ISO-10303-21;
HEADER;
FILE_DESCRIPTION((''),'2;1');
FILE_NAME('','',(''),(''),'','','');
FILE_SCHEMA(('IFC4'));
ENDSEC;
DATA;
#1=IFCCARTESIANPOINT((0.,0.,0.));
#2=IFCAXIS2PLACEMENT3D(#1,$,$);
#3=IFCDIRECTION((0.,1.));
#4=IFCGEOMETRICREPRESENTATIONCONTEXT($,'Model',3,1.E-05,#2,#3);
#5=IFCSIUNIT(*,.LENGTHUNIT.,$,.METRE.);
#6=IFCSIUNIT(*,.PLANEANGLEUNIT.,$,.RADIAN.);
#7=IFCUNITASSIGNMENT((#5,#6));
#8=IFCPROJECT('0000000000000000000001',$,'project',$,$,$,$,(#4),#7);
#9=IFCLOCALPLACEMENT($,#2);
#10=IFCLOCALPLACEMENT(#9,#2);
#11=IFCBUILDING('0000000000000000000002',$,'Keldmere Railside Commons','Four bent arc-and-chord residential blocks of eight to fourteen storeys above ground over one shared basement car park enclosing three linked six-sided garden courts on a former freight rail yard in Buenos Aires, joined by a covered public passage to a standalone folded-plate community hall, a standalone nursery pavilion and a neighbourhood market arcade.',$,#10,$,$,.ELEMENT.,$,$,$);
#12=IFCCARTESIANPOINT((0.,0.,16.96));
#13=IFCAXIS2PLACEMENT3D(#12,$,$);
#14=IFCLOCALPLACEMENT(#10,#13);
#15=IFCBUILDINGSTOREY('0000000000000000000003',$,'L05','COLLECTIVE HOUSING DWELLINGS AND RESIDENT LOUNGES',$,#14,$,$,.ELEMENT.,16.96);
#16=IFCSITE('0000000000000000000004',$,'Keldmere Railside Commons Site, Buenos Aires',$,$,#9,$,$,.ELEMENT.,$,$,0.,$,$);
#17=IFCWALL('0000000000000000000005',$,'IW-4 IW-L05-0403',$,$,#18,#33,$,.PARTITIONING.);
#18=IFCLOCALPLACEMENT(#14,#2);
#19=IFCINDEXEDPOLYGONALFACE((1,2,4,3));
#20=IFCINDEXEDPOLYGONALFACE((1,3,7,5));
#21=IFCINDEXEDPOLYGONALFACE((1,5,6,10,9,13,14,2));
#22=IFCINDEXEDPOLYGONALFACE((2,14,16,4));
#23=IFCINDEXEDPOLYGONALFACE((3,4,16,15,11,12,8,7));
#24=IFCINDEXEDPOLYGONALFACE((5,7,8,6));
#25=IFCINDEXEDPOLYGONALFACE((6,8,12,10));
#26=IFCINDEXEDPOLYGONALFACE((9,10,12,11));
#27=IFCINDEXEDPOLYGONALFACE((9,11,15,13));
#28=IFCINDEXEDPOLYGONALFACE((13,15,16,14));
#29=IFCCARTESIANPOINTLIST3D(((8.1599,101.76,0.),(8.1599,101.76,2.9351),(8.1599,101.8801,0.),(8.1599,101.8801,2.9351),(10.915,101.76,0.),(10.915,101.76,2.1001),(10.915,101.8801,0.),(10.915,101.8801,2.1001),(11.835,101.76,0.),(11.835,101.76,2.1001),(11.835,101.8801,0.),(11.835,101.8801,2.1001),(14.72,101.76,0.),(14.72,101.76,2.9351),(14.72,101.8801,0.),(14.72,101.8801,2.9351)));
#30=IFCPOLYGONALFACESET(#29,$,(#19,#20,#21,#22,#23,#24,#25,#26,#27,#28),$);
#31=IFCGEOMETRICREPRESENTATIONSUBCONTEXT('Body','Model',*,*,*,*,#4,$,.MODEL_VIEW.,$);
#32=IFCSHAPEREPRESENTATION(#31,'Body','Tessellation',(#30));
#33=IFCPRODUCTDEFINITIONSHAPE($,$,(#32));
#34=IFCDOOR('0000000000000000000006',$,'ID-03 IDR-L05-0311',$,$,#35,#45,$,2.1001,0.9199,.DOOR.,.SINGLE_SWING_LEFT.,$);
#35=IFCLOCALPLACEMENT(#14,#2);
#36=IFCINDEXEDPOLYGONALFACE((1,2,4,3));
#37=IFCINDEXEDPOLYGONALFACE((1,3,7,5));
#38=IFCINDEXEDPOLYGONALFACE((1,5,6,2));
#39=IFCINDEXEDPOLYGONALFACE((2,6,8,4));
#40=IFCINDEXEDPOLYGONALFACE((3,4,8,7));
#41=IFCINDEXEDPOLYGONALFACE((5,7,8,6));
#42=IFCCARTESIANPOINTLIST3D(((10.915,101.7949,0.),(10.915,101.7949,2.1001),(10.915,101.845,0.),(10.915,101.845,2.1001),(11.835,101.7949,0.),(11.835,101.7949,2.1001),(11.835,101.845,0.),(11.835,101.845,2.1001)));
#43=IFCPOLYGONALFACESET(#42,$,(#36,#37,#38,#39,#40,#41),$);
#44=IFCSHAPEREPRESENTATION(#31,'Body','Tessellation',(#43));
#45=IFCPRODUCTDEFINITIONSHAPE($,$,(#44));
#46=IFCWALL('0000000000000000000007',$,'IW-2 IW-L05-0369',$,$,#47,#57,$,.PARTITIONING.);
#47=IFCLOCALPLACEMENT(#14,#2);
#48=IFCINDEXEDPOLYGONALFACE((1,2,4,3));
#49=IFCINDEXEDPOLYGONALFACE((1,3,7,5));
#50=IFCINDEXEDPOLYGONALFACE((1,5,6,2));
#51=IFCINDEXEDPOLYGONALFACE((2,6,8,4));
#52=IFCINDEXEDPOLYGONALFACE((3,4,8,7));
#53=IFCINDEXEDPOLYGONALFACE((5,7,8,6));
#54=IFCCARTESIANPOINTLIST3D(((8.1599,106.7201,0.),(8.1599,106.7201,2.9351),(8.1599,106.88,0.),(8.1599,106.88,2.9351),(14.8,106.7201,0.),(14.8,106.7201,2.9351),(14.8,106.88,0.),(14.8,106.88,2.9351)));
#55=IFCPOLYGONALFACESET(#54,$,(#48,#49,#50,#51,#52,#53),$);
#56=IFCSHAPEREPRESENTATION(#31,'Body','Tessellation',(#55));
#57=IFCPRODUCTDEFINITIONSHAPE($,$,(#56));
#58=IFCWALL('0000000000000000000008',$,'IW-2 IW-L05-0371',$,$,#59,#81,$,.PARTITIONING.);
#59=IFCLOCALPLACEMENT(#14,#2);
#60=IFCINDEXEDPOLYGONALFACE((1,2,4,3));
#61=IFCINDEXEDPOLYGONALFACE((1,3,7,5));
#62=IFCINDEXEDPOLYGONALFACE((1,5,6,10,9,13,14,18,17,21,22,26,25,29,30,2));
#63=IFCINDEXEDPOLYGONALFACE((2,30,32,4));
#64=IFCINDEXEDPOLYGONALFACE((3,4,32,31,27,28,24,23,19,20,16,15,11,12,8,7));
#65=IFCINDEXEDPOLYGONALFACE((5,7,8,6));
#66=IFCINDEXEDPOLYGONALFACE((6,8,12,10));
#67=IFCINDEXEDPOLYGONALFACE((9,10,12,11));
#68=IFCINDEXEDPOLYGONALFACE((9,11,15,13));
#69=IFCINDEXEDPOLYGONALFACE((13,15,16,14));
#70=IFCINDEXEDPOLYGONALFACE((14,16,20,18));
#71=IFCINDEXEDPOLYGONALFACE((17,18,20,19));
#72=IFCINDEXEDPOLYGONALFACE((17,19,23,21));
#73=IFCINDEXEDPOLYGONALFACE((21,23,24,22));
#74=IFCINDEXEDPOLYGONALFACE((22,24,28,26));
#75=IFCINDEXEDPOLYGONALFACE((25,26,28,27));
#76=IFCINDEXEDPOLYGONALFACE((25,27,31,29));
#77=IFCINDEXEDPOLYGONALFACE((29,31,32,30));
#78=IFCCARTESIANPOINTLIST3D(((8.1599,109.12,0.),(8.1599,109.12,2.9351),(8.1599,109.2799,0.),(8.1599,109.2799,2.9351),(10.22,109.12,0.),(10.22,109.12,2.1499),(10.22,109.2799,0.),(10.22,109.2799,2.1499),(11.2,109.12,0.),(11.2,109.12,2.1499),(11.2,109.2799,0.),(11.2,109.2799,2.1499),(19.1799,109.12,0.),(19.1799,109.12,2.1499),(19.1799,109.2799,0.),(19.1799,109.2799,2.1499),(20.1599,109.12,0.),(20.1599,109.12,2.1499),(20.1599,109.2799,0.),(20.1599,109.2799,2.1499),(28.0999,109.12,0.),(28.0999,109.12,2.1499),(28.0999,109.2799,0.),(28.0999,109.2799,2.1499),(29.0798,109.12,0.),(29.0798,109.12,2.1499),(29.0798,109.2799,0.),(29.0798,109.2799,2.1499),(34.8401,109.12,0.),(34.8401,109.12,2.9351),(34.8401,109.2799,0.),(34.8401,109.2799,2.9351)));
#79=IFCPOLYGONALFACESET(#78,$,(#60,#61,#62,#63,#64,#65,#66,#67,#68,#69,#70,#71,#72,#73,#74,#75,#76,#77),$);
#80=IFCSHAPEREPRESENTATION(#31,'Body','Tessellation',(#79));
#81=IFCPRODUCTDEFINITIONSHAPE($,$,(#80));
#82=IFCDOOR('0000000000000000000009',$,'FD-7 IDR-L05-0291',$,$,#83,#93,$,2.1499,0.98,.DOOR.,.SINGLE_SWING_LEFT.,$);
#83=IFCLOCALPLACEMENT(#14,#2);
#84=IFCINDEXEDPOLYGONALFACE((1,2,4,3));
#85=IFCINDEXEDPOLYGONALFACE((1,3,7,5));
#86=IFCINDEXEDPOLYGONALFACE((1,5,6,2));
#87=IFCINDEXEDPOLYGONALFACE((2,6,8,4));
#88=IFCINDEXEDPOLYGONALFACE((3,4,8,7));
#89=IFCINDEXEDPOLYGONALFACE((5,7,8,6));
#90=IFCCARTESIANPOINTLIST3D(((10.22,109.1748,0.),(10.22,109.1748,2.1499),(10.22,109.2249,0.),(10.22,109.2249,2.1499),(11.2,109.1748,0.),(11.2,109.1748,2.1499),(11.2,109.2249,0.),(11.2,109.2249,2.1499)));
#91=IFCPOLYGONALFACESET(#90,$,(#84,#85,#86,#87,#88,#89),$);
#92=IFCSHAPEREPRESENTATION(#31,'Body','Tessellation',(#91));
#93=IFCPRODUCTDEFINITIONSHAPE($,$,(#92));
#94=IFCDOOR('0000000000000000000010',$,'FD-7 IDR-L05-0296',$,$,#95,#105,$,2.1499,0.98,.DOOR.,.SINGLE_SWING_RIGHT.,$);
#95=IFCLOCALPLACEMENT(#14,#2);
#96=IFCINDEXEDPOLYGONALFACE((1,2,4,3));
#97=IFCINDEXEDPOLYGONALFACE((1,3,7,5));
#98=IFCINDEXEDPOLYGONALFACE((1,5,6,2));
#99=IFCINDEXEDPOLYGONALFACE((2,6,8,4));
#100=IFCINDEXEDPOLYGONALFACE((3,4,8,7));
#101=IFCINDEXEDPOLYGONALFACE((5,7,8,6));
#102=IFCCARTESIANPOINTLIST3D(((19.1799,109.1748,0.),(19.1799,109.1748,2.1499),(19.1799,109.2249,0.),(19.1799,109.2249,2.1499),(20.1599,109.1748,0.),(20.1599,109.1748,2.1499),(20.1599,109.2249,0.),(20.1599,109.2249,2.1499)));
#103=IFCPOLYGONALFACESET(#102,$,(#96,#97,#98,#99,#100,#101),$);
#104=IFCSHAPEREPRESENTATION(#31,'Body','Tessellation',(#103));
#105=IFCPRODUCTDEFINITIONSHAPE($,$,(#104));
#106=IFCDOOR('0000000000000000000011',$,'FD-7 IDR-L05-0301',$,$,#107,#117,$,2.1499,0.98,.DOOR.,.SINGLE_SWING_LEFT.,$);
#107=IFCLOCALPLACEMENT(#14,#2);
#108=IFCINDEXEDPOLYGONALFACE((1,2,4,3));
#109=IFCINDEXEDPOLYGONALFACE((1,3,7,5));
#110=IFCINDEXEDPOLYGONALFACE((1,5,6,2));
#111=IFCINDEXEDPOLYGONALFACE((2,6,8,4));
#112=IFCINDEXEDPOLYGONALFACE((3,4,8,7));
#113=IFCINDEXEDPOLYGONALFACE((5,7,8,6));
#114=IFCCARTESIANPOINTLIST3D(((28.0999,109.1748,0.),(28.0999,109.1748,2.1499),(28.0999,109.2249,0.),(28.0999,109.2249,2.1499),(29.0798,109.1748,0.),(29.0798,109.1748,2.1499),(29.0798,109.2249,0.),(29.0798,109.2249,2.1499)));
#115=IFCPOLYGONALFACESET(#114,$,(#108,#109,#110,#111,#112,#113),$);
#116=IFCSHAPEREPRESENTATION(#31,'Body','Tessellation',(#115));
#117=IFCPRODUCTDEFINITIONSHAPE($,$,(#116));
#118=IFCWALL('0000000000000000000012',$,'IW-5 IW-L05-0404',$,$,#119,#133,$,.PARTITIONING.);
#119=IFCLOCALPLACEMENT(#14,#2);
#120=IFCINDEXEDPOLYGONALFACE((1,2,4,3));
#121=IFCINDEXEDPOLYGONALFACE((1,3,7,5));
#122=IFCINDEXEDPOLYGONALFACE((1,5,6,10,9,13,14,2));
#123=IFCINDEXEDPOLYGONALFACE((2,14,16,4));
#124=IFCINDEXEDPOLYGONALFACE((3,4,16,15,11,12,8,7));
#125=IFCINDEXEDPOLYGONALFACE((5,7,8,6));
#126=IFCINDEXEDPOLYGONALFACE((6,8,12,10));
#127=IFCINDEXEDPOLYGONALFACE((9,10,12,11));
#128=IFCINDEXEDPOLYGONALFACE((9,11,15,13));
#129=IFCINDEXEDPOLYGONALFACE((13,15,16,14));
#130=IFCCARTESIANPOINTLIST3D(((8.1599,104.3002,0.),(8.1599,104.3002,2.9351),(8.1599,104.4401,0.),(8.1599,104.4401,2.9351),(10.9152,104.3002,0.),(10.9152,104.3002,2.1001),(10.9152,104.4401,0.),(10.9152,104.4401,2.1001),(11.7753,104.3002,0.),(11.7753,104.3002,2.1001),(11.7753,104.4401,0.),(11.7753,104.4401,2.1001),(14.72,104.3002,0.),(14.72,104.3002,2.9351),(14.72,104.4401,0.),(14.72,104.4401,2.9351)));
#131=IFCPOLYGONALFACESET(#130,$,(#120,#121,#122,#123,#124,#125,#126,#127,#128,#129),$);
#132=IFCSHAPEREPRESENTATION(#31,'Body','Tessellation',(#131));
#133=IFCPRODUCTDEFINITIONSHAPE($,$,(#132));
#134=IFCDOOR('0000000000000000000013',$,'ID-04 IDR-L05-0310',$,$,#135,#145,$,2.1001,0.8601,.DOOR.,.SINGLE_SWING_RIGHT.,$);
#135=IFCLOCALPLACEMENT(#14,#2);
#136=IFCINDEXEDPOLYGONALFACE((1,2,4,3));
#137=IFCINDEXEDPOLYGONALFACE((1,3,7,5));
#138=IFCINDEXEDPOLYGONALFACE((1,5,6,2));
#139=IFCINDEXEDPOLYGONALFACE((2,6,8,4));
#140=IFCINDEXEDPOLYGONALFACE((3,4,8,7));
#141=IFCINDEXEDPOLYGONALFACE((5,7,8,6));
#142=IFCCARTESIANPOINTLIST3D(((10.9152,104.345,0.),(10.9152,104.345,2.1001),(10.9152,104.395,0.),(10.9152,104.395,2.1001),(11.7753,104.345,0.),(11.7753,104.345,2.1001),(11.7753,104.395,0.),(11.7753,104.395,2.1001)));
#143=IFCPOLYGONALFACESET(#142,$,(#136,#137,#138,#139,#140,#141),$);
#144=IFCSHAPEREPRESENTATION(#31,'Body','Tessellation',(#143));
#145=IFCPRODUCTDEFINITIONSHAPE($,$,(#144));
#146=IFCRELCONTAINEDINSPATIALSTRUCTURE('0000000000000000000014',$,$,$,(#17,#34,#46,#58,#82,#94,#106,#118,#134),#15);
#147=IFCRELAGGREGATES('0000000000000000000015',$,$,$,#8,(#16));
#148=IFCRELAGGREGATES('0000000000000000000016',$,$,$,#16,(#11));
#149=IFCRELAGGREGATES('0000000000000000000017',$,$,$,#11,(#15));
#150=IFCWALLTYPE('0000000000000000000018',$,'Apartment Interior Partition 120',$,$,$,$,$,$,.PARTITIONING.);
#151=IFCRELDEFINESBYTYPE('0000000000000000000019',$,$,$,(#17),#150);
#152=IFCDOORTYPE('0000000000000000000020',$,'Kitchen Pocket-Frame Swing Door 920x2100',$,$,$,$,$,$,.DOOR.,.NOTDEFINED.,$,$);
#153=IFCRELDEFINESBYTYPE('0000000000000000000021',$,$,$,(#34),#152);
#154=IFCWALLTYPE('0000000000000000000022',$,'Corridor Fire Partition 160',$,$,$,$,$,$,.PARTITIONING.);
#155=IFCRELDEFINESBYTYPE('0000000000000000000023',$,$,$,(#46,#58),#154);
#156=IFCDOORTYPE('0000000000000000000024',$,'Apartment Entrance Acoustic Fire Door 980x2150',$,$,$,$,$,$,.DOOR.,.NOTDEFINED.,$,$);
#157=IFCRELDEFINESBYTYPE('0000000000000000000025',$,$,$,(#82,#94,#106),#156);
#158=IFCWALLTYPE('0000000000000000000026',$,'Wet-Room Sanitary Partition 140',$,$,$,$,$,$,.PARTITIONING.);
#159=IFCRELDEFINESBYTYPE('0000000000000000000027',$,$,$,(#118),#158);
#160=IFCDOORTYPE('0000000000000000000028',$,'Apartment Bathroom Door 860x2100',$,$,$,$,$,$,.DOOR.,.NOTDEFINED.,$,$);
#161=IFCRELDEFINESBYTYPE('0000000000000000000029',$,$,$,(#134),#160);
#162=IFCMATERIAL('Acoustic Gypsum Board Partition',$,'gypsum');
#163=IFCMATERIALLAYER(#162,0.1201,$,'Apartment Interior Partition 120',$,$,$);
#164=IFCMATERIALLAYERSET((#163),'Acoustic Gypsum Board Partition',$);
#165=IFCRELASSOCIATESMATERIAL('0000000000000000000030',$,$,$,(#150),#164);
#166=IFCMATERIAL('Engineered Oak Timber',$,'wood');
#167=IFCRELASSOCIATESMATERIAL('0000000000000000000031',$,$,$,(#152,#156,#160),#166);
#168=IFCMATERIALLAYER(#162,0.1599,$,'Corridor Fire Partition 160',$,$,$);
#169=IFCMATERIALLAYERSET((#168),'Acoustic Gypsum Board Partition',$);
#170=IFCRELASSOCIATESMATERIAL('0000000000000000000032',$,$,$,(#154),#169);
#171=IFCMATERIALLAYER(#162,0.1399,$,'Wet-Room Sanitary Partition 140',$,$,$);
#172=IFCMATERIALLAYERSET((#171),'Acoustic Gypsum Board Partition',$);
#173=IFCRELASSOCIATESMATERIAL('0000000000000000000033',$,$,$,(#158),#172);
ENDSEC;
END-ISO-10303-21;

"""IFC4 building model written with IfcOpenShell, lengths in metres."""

from ifc_helpers import new_model, si_unit, direction, frame, frame_2d, origin, place, context, subcontext, project, spatial, rectangle, extrude, material, layer, layer_set, type_object, element, fill, save


model = new_model("IFC4")

# Units and contexts
model_context = context("Model", 3, precision=1e-05, world=origin(), true_north=direction((0.0, 1.0)))
body_context = subcontext(model_context, "Body", "Model", "MODEL_VIEW")
ifc_project = project(units=[si_unit("LENGTHUNIT", "METRE"), si_unit("PLANEANGLEUNIT", "RADIAN")], contexts=[model_context])

# Site, building, storey
site_placement = place(None, origin())
site = spatial("IfcSite", under=ifc_project, at=site_placement, Name="Keldmere Railside Commons Site, Buenos Aires", CompositionType="ELEMENT", RefElevation=0.0)
building_placement = place(site_placement, origin())
building = spatial("IfcBuilding", under=site, at=building_placement, Name="Keldmere Railside Commons", Description="Four bent arc-and-chord residential blocks of eight to fourteen storeys above ground over one shared basement car park enclosing three linked six-sided garden courts on a former freight rail yard in Buenos Aires, joined by a covered public passage to a standalone folded-plate community hall, a standalone nursery pavilion and a neighbourhood market arcade.", CompositionType="ELEMENT")
storey_placement = place(building_placement, frame((0.0, 0.0, 16.96)))
storey = spatial("IfcBuildingStorey", under=building, at=storey_placement, Name="L05", Description="COLLECTIVE HOUSING DWELLINGS AND RESIDENT LOUNGES", CompositionType="ELEMENT", Elevation=16.96)

# Wall, opening, door
ifc_material_1 = material(Name="Acoustic Gypsum Board Partition", Category="gypsum")
ifc_layer_1 = layer(ifc_material_1, 0.1201, Name="Apartment Interior Partition 120")
ifc_layer_set_1 = layer_set([ifc_layer_1], Name="Acoustic Gypsum Board Partition")
wall_type_1 = type_object("IfcWallType", Name="Apartment Interior Partition 120", PredefinedType="PARTITIONING", material=ifc_layer_set_1)
wall_1_placement = place(storey_placement, frame((8.1599, 101.8201, 0.0), z_axis=(0.0, 0.0, 1.0), x_axis=(1.0, 0.0, 0.0)))
wall_1 = element("IfcWall", 1, at=wall_1_placement, inside=storey, type_object=wall_type_1, Name="IW-4 IW-L05-0403", PredefinedType="PARTITIONING", context=body_context, shape_type="SweptSolid", body=[
    extrude(rectangle(XDim=6.5601, YDim=0.1201, at=frame_2d((3.28, 0.0))), origin(), (0.0, 0.0, 1.0), 2.9351),
])
opening_1_placement = place(wall_1_placement, frame((2.7551, 0.0, 0.0)))
opening_1 = element("IfcOpeningElement", 2, at=opening_1_placement, cuts=wall_1, PredefinedType="OPENING", context=body_context, shape_type="SweptSolid", body=[
    extrude(rectangle(XDim=0.9199, YDim=2.1001, at=frame_2d((0.46, 1.05))), frame((0.0, 0.0701, 0.0), z_axis=(0.0, -1.0, 0.0), x_axis=(1.0, 0.0, 0.0)), (0.0, 0.0, 1.0), 0.1401),
])
ifc_material_2 = material(Name="Engineered Oak Timber", Category="wood")
door_type_1 = type_object("IfcDoorType", Name="Kitchen Pocket-Frame Swing Door 920x2100", OperationType="NOTDEFINED", PredefinedType="DOOR", material=ifc_material_2)
door_1_placement = place(opening_1_placement, origin())
door_1 = element("IfcDoor", 3, at=door_1_placement, inside=storey, type_object=door_type_1, Name="ID-03 IDR-L05-0311", OperationType="SINGLE_SWING_LEFT", OverallHeight=2.1001, OverallWidth=0.9199, PredefinedType="DOOR", context=body_context, shape_type="SweptSolid", body=[
    extrude(rectangle(XDim=0.9199, YDim=2.1001, at=frame_2d((0.46, 1.05))), frame((0.0, 0.0249, 0.0), z_axis=(0.0, -1.0, 0.0), x_axis=(1.0, 0.0, 0.0)), (0.0, 0.0, 1.0), 0.05),
])
fill(opening_1, door_1)

# Wall
ifc_layer_2 = layer(ifc_material_1, 0.1599, Name="Corridor Fire Partition 160")
ifc_layer_set_2 = layer_set([ifc_layer_2], Name="Acoustic Gypsum Board Partition")
wall_type_2 = type_object("IfcWallType", Name="Corridor Fire Partition 160", PredefinedType="PARTITIONING", material=ifc_layer_set_2)
wall_2_placement = place(storey_placement, frame((8.1599, 106.8, 0.0), z_axis=(0.0, 0.0, 1.0), x_axis=(1.0, 0.0, 0.0)))
element("IfcWall", 4, at=wall_2_placement, inside=storey, type_object=wall_type_2, Name="IW-2 IW-L05-0369", PredefinedType="PARTITIONING", context=body_context, shape_type="SweptSolid", body=[
    extrude(rectangle(XDim=6.6401, YDim=0.1599, at=frame_2d((3.3201, 0.0))), origin(), (0.0, 0.0, 1.0), 2.9351),
])

# Wall, openings, doors
wall_3_placement = place(storey_placement, frame((8.1599, 109.2, 0.0), z_axis=(0.0, 0.0, 1.0), x_axis=(1.0, 0.0, 0.0)))
wall_3 = element("IfcWall", 5, at=wall_3_placement, inside=storey, type_object=wall_type_2, Name="IW-2 IW-L05-0371", PredefinedType="PARTITIONING", context=body_context, shape_type="SweptSolid", body=[
    extrude(rectangle(XDim=26.6802, YDim=0.1599, at=frame_2d((13.3401, 0.0))), origin(), (0.0, 0.0, 1.0), 2.9351),
])
opening_2_placement = place(wall_3_placement, frame((2.0601, 0.0, 0.0)))
opening_2 = element("IfcOpeningElement", 6, at=opening_2_placement, cuts=wall_3, PredefinedType="OPENING", context=body_context, shape_type="SweptSolid", body=[
    extrude(rectangle(XDim=0.98, YDim=2.1499, at=frame_2d((0.49, 1.075))), frame((0.0, 0.0898, 0.0), z_axis=(0.0, -1.0, 0.0), x_axis=(1.0, 0.0, 0.0)), (0.0, 0.0, 1.0), 0.1799),
])
opening_3_placement = place(wall_3_placement, frame((11.02, 0.0, 0.0)))
opening_3 = element("IfcOpeningElement", 7, at=opening_3_placement, cuts=wall_3, PredefinedType="OPENING", context=body_context, shape_type="SweptSolid", body=[
    extrude(rectangle(XDim=0.98, YDim=2.1499, at=frame_2d((0.49, 1.075))), frame((0.0, 0.0898, 0.0), z_axis=(0.0, -1.0, 0.0), x_axis=(1.0, 0.0, 0.0)), (0.0, 0.0, 1.0), 0.1799),
])
opening_4_placement = place(wall_3_placement, frame((19.9399, 0.0, 0.0)))
opening_4 = element("IfcOpeningElement", 8, at=opening_4_placement, cuts=wall_3, PredefinedType="OPENING", context=body_context, shape_type="SweptSolid", body=[
    extrude(rectangle(XDim=0.98, YDim=2.1499, at=frame_2d((0.49, 1.075))), frame((0.0, 0.0898, 0.0), z_axis=(0.0, -1.0, 0.0), x_axis=(1.0, 0.0, 0.0)), (0.0, 0.0, 1.0), 0.1799),
])
door_type_2 = type_object("IfcDoorType", Name="Apartment Entrance Acoustic Fire Door 980x2150", OperationType="NOTDEFINED", PredefinedType="DOOR", material=ifc_material_2)
door_2_placement = place(opening_2_placement, origin())
door_2 = element("IfcDoor", 9, at=door_2_placement, inside=storey, type_object=door_type_2, Name="FD-7 IDR-L05-0291", OperationType="SINGLE_SWING_LEFT", OverallHeight=2.1499, OverallWidth=0.98, PredefinedType="DOOR", context=body_context, shape_type="SweptSolid", body=[
    extrude(rectangle(XDim=0.98, YDim=2.1499, at=frame_2d((0.49, 1.075))), frame((0.0, 0.0249, 0.0), z_axis=(0.0, -1.0, 0.0), x_axis=(1.0, 0.0, 0.0)), (0.0, 0.0, 1.0), 0.05),
])
fill(opening_2, door_2)
door_3_placement = place(opening_3_placement, origin())
door_3 = element("IfcDoor", 10, at=door_3_placement, inside=storey, type_object=door_type_2, Name="FD-7 IDR-L05-0296", OperationType="SINGLE_SWING_RIGHT", OverallHeight=2.1499, OverallWidth=0.98, PredefinedType="DOOR", context=body_context, shape_type="SweptSolid", body=[
    extrude(rectangle(XDim=0.98, YDim=2.1499, at=frame_2d((0.49, 1.075))), frame((0.0, 0.0249, 0.0), z_axis=(0.0, -1.0, 0.0), x_axis=(1.0, 0.0, 0.0)), (0.0, 0.0, 1.0), 0.05),
])
fill(opening_3, door_3)
door_4_placement = place(opening_4_placement, origin())
door_4 = element("IfcDoor", 11, at=door_4_placement, inside=storey, type_object=door_type_2, Name="FD-7 IDR-L05-0301", OperationType="SINGLE_SWING_LEFT", OverallHeight=2.1499, OverallWidth=0.98, PredefinedType="DOOR", context=body_context, shape_type="SweptSolid", body=[
    extrude(rectangle(XDim=0.98, YDim=2.1499, at=frame_2d((0.49, 1.075))), frame((0.0, 0.0249, 0.0), z_axis=(0.0, -1.0, 0.0), x_axis=(1.0, 0.0, 0.0)), (0.0, 0.0, 1.0), 0.05),
])
fill(opening_4, door_4)

# Wall, opening, door
ifc_layer_3 = layer(ifc_material_1, 0.1399, Name="Wet-Room Sanitary Partition 140")
ifc_layer_set_3 = layer_set([ifc_layer_3], Name="Acoustic Gypsum Board Partition")
wall_type_3 = type_object("IfcWallType", Name="Wet-Room Sanitary Partition 140", PredefinedType="PARTITIONING", material=ifc_layer_set_3)
wall_4_placement = place(storey_placement, frame((8.1599, 104.3701, 0.0), z_axis=(0.0, 0.0, 1.0), x_axis=(1.0, 0.0, 0.0)))
wall_4 = element("IfcWall", 12, at=wall_4_placement, inside=storey, type_object=wall_type_3, Name="IW-5 IW-L05-0404", PredefinedType="PARTITIONING", context=body_context, shape_type="SweptSolid", body=[
    extrude(rectangle(XDim=6.5601, YDim=0.1399, at=frame_2d((3.28, 0.0))), origin(), (0.0, 0.0, 1.0), 2.9351),
])
opening_5_placement = place(wall_4_placement, frame((2.7551, 0.0, 0.0)))
opening_5 = element("IfcOpeningElement", 13, at=opening_5_placement, cuts=wall_4, PredefinedType="OPENING", context=body_context, shape_type="SweptSolid", body=[
    extrude(rectangle(XDim=0.8601, YDim=2.1001, at=frame_2d((0.4302, 1.05))), frame((0.0, 0.0798, 0.0), z_axis=(0.0, -1.0, 0.0), x_axis=(1.0, 0.0, 0.0)), (0.0, 0.0, 1.0), 0.1599),
])
door_type_3 = type_object("IfcDoorType", Name="Apartment Bathroom Door 860x2100", OperationType="NOTDEFINED", PredefinedType="DOOR", material=ifc_material_2)
door_5_placement = place(opening_5_placement, origin())
door_5 = element("IfcDoor", 14, at=door_5_placement, inside=storey, type_object=door_type_3, Name="ID-04 IDR-L05-0310", OperationType="SINGLE_SWING_RIGHT", OverallHeight=2.1001, OverallWidth=0.8601, PredefinedType="DOOR", context=body_context, shape_type="SweptSolid", body=[
    extrude(rectangle(XDim=0.8601, YDim=2.1001, at=frame_2d((0.4302, 1.05))), frame((0.0, 0.0249, 0.0), z_axis=(0.0, -1.0, 0.0), x_axis=(1.0, 0.0, 0.0)), (0.0, 0.0, 1.0), 0.05),
])
fill(opening_5, door_5)

save(model, "model.ifc")
